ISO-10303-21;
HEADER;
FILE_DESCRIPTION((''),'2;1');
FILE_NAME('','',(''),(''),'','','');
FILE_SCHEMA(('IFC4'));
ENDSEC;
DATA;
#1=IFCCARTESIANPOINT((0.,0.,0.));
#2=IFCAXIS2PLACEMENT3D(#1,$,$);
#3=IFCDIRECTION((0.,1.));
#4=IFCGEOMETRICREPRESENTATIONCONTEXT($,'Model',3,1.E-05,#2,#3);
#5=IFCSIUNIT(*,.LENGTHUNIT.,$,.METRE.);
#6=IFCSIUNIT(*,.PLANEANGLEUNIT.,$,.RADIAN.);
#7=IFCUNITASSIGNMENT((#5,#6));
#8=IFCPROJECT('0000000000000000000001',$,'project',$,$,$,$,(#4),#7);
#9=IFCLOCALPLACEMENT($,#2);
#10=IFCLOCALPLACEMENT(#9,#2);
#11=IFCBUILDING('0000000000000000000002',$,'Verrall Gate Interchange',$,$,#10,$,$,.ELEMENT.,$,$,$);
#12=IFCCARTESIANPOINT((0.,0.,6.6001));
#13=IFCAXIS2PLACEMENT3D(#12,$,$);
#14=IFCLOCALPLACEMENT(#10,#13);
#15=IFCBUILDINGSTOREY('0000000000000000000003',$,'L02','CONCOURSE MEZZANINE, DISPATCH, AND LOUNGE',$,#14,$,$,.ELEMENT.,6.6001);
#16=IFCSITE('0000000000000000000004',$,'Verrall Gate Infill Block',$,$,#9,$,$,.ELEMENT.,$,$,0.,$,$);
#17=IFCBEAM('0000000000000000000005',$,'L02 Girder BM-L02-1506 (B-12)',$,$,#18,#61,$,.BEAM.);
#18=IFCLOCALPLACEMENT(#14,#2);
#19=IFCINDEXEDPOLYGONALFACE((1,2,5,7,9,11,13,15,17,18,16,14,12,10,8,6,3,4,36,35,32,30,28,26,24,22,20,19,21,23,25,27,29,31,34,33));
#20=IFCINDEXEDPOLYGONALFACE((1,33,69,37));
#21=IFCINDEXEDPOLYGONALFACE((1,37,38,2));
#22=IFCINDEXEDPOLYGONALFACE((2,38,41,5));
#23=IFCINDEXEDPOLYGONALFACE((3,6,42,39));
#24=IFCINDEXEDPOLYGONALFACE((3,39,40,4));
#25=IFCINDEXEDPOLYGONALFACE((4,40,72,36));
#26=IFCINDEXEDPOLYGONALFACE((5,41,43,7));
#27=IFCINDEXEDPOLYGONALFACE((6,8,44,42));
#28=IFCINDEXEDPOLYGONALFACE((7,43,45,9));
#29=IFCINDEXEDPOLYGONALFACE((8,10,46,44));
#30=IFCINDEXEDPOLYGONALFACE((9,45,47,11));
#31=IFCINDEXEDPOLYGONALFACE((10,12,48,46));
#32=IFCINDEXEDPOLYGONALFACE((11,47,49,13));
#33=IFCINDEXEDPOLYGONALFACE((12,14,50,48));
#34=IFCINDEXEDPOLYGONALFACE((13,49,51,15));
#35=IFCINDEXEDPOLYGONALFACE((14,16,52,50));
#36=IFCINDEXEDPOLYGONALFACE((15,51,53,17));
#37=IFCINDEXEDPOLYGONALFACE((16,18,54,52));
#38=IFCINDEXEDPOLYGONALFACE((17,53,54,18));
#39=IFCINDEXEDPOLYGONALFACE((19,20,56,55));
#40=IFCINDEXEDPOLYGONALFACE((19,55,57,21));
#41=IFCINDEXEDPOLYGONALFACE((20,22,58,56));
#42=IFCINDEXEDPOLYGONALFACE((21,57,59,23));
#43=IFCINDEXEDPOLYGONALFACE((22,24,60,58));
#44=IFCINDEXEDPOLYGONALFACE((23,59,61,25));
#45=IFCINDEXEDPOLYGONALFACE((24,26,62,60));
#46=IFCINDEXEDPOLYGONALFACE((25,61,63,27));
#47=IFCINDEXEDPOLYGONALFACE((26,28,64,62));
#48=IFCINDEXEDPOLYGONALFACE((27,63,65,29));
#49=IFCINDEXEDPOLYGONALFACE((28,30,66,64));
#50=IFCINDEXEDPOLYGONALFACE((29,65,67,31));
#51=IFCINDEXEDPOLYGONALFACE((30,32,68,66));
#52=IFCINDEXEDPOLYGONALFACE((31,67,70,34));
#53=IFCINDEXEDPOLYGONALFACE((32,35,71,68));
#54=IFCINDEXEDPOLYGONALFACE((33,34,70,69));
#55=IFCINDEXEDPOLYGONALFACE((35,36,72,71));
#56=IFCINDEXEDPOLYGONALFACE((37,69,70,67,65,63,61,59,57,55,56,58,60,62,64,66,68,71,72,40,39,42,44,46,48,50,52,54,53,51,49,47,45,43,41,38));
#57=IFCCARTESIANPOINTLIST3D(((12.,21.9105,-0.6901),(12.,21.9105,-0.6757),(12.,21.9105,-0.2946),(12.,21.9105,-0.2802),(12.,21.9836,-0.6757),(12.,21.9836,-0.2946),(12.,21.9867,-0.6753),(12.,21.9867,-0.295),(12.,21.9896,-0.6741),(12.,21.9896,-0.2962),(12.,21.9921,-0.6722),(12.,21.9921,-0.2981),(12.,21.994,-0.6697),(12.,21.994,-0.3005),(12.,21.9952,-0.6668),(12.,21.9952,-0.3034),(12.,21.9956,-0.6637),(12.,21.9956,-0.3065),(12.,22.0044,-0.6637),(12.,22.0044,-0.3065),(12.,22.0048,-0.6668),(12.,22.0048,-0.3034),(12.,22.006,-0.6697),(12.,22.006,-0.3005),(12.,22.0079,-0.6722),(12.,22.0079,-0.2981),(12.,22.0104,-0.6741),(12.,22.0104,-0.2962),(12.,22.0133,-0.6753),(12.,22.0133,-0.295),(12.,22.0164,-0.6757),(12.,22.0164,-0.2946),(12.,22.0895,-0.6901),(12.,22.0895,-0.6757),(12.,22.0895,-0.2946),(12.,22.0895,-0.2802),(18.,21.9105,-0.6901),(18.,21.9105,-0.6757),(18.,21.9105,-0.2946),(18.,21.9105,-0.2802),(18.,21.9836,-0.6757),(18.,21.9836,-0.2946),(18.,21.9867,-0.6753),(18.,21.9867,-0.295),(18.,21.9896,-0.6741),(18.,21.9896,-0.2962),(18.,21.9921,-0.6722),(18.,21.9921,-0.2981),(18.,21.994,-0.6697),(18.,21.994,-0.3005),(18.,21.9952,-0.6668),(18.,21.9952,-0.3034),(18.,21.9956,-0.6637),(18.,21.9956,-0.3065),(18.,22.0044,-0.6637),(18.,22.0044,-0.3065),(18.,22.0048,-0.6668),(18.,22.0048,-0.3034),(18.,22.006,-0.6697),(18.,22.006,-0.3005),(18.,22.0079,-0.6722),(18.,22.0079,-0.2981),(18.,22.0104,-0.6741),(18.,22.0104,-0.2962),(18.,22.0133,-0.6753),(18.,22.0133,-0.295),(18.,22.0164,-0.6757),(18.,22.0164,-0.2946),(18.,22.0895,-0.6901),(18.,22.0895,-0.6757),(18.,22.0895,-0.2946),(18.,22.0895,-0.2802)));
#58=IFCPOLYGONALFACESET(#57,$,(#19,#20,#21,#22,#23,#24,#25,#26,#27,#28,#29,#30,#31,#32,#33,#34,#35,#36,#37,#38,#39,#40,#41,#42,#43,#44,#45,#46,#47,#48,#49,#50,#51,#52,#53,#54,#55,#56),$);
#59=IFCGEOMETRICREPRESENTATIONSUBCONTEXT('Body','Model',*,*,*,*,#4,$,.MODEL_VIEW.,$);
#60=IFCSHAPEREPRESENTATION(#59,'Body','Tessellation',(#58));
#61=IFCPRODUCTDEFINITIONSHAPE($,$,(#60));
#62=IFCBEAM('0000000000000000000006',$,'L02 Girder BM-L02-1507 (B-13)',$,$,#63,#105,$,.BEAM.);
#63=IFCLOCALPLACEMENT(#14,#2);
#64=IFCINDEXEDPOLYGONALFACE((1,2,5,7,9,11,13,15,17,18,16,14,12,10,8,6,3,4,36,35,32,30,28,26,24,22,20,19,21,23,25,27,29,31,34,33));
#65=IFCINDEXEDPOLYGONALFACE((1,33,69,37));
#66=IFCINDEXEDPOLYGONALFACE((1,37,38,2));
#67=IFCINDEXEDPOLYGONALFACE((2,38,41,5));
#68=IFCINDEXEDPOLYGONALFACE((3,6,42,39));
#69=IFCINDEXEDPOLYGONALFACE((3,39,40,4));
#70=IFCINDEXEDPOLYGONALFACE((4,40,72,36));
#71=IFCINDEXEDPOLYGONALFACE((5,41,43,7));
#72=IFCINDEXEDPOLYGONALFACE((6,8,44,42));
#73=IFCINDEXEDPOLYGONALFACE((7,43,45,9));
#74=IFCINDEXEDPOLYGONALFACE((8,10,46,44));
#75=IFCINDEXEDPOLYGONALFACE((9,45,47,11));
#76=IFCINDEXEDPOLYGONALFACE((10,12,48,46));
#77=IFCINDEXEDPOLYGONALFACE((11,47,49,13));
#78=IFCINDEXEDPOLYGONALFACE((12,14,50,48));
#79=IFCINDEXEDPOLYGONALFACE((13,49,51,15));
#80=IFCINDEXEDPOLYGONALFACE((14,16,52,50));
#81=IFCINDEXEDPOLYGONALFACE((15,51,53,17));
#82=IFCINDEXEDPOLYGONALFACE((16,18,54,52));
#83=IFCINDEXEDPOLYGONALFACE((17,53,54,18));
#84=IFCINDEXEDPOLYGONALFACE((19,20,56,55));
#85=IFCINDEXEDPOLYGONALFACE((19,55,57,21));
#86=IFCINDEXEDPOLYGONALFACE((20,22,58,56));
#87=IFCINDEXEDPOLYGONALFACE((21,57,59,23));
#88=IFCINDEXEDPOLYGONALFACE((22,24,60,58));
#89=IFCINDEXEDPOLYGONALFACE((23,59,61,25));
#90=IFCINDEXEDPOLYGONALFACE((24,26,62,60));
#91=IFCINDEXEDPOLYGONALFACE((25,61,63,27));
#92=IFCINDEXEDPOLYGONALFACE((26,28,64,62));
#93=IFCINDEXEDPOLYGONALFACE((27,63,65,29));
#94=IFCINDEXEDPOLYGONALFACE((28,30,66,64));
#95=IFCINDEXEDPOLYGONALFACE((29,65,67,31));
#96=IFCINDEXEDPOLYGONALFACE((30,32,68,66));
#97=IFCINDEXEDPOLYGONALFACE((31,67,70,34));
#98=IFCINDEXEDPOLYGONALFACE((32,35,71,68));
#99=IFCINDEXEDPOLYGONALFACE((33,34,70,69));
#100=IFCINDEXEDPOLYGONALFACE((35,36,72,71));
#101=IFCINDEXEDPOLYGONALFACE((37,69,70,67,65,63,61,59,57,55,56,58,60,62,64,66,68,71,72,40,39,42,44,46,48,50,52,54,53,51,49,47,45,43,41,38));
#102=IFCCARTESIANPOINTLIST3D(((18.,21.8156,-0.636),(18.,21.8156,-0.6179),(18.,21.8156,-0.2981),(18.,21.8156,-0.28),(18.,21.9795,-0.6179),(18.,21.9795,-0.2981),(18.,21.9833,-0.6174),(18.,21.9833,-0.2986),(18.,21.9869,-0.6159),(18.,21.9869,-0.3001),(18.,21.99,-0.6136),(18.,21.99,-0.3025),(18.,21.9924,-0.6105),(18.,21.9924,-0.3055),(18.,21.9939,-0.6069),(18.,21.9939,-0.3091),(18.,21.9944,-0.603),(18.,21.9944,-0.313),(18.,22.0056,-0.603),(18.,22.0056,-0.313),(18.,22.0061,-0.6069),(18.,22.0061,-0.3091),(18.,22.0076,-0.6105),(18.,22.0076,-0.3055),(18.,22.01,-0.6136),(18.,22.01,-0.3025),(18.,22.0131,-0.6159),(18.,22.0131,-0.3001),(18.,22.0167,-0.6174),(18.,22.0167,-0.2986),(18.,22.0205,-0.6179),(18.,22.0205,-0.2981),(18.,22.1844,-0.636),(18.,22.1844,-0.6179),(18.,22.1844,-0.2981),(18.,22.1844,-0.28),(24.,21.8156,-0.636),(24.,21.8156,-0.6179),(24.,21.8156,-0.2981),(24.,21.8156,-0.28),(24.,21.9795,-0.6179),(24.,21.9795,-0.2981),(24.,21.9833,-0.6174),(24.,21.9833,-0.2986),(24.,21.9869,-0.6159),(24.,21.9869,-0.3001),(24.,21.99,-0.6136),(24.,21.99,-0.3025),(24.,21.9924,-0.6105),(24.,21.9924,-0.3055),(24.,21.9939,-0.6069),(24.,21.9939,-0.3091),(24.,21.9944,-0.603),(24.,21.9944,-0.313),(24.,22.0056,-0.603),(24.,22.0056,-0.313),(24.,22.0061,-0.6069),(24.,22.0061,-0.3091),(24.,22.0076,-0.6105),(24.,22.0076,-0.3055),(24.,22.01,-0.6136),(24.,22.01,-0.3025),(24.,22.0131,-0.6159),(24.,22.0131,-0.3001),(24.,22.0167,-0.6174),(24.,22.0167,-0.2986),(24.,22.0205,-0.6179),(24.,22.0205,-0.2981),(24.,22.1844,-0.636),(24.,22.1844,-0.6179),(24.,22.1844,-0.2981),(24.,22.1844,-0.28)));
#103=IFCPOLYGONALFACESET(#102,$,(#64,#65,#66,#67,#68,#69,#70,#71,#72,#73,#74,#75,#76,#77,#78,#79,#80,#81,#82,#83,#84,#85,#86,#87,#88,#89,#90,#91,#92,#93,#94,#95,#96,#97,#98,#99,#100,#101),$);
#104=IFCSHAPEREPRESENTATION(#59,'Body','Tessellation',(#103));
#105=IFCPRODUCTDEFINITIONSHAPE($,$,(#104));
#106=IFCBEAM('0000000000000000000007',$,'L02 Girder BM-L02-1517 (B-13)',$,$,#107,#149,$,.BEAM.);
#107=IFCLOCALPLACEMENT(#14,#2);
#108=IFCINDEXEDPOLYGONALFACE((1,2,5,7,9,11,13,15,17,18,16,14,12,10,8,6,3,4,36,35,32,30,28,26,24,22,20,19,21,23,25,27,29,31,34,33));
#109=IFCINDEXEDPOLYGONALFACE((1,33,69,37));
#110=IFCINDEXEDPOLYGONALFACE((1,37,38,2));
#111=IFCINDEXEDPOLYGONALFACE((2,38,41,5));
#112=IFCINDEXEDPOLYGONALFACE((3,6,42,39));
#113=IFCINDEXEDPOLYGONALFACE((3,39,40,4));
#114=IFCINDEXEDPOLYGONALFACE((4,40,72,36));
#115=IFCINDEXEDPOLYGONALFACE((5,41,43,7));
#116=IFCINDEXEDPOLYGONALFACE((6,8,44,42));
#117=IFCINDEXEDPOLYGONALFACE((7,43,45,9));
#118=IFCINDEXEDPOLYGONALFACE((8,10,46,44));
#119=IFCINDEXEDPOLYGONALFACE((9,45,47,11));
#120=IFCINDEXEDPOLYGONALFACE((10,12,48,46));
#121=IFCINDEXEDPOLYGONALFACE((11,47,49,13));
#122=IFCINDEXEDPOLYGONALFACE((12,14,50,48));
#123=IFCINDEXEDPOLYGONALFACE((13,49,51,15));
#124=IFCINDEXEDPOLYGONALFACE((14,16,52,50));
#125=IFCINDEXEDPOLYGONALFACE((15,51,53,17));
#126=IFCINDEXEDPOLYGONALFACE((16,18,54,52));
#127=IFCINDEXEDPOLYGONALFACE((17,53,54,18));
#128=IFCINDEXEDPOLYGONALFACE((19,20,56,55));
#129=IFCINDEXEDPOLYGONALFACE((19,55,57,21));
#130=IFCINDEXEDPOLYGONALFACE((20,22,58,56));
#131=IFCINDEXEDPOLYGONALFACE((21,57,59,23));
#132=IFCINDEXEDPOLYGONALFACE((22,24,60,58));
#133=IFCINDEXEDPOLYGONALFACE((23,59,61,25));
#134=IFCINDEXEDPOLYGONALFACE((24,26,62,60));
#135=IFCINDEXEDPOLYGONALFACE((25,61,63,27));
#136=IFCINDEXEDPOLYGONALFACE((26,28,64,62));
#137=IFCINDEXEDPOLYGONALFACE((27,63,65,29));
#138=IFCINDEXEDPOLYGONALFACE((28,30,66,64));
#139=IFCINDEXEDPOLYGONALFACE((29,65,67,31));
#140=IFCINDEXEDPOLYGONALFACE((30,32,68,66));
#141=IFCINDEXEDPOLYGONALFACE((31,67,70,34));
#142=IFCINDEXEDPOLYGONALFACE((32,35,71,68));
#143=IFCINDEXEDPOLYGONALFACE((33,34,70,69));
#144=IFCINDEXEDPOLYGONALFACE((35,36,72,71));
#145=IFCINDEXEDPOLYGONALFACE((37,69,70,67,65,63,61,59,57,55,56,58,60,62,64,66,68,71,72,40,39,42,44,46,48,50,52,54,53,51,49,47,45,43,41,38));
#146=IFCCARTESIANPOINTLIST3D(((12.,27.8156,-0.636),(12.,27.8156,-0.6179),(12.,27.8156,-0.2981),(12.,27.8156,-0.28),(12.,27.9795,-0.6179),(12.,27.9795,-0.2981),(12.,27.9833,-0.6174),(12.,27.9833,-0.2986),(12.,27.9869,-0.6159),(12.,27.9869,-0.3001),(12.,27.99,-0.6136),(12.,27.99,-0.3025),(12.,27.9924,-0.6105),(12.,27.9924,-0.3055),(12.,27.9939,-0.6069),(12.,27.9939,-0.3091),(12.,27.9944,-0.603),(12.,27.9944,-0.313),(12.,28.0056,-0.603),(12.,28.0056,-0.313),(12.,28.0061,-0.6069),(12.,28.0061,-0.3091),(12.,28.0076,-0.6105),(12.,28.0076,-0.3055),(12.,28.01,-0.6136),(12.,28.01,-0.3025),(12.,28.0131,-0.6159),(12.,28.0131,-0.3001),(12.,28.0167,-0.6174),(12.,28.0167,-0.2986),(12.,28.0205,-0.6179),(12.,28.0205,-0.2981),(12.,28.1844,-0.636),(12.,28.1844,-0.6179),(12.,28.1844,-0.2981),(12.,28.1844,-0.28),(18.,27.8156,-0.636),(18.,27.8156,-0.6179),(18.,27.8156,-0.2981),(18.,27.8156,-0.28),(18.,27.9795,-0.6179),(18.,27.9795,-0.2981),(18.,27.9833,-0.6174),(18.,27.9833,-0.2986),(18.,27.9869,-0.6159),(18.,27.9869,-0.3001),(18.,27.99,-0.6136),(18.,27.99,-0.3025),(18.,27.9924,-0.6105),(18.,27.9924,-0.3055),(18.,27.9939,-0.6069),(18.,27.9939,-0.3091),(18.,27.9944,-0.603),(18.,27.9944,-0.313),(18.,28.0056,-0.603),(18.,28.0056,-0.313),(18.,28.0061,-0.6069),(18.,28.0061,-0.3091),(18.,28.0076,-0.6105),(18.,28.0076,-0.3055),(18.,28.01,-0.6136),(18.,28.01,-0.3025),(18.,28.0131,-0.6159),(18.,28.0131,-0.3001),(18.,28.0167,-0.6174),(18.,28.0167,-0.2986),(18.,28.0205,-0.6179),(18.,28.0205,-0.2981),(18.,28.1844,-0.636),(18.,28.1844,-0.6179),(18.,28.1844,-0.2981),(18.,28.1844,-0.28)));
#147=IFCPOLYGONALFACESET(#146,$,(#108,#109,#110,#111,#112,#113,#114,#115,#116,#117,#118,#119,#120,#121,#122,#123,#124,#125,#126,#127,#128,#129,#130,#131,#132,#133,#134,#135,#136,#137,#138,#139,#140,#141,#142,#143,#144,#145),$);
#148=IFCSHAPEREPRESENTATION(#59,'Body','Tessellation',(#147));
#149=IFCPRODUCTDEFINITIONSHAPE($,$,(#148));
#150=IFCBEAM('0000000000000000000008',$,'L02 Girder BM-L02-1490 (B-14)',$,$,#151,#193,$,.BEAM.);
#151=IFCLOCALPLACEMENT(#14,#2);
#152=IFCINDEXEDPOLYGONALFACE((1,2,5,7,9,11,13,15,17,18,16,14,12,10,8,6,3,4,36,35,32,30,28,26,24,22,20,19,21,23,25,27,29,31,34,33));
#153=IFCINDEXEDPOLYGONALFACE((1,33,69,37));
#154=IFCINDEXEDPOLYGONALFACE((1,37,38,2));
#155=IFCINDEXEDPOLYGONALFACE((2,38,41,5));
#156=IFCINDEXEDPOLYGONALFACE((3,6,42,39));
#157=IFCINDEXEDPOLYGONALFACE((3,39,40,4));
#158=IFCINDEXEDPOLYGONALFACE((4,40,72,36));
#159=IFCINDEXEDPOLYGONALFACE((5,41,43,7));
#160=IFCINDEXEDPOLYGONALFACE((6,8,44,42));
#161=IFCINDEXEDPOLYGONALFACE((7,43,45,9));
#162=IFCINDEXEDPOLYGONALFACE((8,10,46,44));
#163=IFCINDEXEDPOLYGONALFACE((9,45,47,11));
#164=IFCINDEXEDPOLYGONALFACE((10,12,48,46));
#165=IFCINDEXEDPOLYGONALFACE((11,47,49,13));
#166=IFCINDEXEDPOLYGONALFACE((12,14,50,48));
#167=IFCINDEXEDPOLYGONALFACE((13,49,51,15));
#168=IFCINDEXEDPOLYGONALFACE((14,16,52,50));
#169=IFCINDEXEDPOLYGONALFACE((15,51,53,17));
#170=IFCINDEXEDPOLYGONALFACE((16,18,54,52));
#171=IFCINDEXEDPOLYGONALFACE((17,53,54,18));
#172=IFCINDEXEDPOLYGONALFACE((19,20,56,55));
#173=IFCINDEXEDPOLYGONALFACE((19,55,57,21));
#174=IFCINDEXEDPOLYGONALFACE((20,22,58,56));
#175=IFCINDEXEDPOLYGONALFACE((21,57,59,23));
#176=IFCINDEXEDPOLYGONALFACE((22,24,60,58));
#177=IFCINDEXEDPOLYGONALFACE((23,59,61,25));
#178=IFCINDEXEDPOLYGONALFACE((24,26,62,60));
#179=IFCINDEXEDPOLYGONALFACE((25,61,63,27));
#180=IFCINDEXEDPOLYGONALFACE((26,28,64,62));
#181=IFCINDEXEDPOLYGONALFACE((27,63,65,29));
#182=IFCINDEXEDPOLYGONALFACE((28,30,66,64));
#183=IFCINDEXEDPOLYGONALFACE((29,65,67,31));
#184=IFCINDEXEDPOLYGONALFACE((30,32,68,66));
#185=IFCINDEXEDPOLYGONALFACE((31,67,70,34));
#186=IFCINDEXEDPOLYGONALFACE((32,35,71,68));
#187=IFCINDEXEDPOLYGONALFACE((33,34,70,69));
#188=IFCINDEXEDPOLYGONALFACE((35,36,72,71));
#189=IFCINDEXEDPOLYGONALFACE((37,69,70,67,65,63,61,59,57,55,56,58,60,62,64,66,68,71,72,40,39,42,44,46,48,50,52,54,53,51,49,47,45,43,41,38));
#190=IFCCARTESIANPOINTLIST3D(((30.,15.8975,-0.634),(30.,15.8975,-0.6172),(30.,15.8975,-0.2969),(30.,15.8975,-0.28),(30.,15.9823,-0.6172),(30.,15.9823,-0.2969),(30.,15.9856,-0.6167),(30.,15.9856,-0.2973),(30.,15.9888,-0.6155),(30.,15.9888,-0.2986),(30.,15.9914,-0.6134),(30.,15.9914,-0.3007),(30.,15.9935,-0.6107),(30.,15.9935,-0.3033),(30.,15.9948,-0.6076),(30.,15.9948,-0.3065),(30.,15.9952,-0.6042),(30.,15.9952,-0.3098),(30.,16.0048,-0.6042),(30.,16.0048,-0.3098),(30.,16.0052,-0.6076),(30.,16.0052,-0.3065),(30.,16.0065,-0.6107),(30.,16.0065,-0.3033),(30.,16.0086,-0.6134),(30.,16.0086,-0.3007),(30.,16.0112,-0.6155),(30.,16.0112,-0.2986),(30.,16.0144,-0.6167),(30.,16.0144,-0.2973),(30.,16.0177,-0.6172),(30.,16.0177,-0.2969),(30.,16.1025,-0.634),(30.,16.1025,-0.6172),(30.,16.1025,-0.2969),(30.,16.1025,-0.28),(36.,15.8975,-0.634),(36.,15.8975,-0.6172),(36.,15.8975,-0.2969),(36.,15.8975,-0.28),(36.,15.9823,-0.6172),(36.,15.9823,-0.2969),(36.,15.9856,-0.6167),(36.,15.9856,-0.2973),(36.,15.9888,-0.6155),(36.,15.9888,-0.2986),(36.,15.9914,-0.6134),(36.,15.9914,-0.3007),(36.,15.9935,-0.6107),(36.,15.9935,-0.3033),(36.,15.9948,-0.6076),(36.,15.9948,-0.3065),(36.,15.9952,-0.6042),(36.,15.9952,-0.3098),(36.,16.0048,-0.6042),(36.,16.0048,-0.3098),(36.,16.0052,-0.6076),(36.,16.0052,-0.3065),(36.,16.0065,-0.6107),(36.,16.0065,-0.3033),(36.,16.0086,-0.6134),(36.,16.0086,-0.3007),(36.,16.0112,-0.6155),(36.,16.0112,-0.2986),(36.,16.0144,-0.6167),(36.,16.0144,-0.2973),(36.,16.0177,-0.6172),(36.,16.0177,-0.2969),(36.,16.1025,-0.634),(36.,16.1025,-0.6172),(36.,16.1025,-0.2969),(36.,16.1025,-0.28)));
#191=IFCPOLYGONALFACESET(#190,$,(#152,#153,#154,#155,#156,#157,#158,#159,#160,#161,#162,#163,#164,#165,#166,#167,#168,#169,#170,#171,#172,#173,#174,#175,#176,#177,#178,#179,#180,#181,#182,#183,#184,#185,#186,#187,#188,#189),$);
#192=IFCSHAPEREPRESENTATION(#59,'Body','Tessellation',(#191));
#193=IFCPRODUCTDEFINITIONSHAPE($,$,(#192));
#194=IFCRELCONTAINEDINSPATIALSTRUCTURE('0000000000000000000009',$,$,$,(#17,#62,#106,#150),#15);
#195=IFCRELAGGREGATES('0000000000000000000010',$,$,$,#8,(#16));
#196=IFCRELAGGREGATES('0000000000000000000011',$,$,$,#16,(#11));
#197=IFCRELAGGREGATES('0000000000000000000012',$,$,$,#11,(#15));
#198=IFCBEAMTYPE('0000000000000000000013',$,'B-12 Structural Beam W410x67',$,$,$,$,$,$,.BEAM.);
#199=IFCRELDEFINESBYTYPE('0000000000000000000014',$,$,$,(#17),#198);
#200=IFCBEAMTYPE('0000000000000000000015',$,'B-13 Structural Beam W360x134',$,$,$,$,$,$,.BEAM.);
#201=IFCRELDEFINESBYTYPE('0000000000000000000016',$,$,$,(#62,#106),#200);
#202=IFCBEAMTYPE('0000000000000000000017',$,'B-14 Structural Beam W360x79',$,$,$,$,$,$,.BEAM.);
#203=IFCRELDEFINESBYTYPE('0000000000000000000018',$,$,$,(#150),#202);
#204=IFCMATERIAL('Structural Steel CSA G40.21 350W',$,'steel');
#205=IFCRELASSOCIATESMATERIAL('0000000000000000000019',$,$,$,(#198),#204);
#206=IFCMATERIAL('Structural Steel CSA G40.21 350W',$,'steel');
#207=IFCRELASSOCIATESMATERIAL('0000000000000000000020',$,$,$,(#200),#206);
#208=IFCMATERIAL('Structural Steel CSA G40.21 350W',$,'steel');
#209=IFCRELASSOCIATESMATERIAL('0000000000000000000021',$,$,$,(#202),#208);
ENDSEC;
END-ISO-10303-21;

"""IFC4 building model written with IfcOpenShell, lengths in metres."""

from ifc_helpers import new_model, si_unit, direction, frame, origin, origin_2d, place, context, subcontext, project, spatial, i_section, extrude, material, material_profile, profile_set, type_object, element, save


model = new_model("IFC4")

# Units and contexts
model_context = context("Model", 3, precision=1e-05, world=origin(), true_north=direction((0.0, 1.0)))
body_context = subcontext(model_context, "Body", "Model", "MODEL_VIEW")
ifc_project = project(units=[si_unit("LENGTHUNIT", "METRE"), si_unit("PLANEANGLEUNIT", "RADIAN")], contexts=[model_context])

# Site, building, storey
site_placement = place(None, origin())
site = spatial("IfcSite", under=ifc_project, at=site_placement, Name="Verrall Gate Infill Block", CompositionType="ELEMENT", RefElevation=0.0)
building_placement = place(site_placement, origin())
building = spatial("IfcBuilding", under=site, at=building_placement, Name="Verrall Gate Interchange", CompositionType="ELEMENT")
storey_placement = place(building_placement, frame((0.0, 0.0, 6.6001)))
storey = spatial("IfcBuildingStorey", under=building, at=storey_placement, Name="L02", Description="CONCOURSE MEZZANINE, DISPATCH, AND LOUNGE", CompositionType="ELEMENT", Elevation=6.6001)

# Beams
ifc_material_1 = material(Name="Structural Steel CSA G40.21 350W", Category="steel")
ifc_material_profile_1 = material_profile(ifc_material_1, i_section(OverallWidth=0.179, OverallDepth=0.4099, WebThickness=0.0088, FlangeThickness=0.0144, FilletRadius=0.012, at=origin_2d()), Name="W410x67")
ifc_profile_set_1 = profile_set([ifc_material_profile_1], Name="Structural Steel CSA G40.21 350W")
beam_type_1 = type_object("IfcBeamType", Name="B-12 Structural Beam W410x67", PredefinedType="BEAM", material=ifc_profile_set_1)
beam_1_placement = place(storey_placement, frame((12.0, 22.0, -0.4851), z_axis=(1.0, 0.0, 0.0), x_axis=(0.0, 1.0, 0.0)))
element("IfcBeam", 1, at=beam_1_placement, inside=storey, type_object=beam_type_1, Name="L02 Girder BM-L02-1506 (B-12)", PredefinedType="BEAM", context=body_context, shape_type="SweptSolid", body=[
    extrude(i_section(OverallWidth=0.179, OverallDepth=0.4099, WebThickness=0.0088, FlangeThickness=0.0144, FilletRadius=0.012, at=origin_2d()), origin(), (0.0, 0.0, 1.0), 6.0),
])
ifc_material_2 = material(Name="Structural Steel CSA G40.21 350W", Category="steel")
ifc_material_profile_2 = material_profile(ifc_material_2, i_section(OverallWidth=0.3689, OverallDepth=0.356, WebThickness=0.0112, FlangeThickness=0.0181, FilletRadius=0.0149, at=origin_2d()), Name="W360x134")
ifc_profile_set_2 = profile_set([ifc_material_profile_2], Name="Structural Steel CSA G40.21 350W")
beam_type_2 = type_object("IfcBeamType", Name="B-13 Structural Beam W360x134", PredefinedType="BEAM", material=ifc_profile_set_2)
for number, where, z_axis, x_axis, name in (
    (2, (18.0, 22.0, -0.458), (1.0, 0.0, 0.0), (0.0, 1.0, 0.0), "L02 Girder BM-L02-1507 (B-13)"),
    (3, (12.0, 28.0, -0.458), (1.0, 0.0, 0.0), (0.0, 1.0, 0.0), "L02 Girder BM-L02-1517 (B-13)"),
):
    element("IfcBeam", number, at=place(storey_placement, frame(where, z_axis=z_axis, x_axis=x_axis)), inside=storey, type_object=beam_type_2, Name=name, PredefinedType="BEAM", context=body_context, shape_type="SweptSolid", body=[
        extrude(i_section(OverallWidth=0.3689, OverallDepth=0.356, WebThickness=0.0112, FlangeThickness=0.0181, FilletRadius=0.0149, at=origin_2d()), origin(), (0.0, 0.0, 1.0), 6.0),
    ])
ifc_material_3 = material(Name="Structural Steel CSA G40.21 350W", Category="steel")
ifc_material_profile_3 = material_profile(ifc_material_3, i_section(OverallWidth=0.2051, OverallDepth=0.354, WebThickness=0.0095, FlangeThickness=0.0168, FilletRadius=0.0129, at=origin_2d()), Name="W360x79")
ifc_profile_set_3 = profile_set([ifc_material_profile_3], Name="Structural Steel CSA G40.21 350W")
beam_type_3 = type_object("IfcBeamType", Name="B-14 Structural Beam W360x79", PredefinedType="BEAM", material=ifc_profile_set_3)
for number, where, z_axis, x_axis, name in (
    (4, (30.0, 16.0, -0.457), (1.0, 0.0, 0.0), (0.0, 1.0, 0.0), "L02 Girder BM-L02-1490 (B-14)"),
):
    element("IfcBeam", number, at=place(storey_placement, frame(where, z_axis=z_axis, x_axis=x_axis)), inside=storey, type_object=beam_type_3, Name=name, PredefinedType="BEAM", context=body_context, shape_type="SweptSolid", body=[
        extrude(i_section(OverallWidth=0.2051, OverallDepth=0.354, WebThickness=0.0095, FlangeThickness=0.0168, FilletRadius=0.0129, at=origin_2d()), origin(), (0.0, 0.0, 1.0), 6.0),
    ])

save(model, "model.ifc")
